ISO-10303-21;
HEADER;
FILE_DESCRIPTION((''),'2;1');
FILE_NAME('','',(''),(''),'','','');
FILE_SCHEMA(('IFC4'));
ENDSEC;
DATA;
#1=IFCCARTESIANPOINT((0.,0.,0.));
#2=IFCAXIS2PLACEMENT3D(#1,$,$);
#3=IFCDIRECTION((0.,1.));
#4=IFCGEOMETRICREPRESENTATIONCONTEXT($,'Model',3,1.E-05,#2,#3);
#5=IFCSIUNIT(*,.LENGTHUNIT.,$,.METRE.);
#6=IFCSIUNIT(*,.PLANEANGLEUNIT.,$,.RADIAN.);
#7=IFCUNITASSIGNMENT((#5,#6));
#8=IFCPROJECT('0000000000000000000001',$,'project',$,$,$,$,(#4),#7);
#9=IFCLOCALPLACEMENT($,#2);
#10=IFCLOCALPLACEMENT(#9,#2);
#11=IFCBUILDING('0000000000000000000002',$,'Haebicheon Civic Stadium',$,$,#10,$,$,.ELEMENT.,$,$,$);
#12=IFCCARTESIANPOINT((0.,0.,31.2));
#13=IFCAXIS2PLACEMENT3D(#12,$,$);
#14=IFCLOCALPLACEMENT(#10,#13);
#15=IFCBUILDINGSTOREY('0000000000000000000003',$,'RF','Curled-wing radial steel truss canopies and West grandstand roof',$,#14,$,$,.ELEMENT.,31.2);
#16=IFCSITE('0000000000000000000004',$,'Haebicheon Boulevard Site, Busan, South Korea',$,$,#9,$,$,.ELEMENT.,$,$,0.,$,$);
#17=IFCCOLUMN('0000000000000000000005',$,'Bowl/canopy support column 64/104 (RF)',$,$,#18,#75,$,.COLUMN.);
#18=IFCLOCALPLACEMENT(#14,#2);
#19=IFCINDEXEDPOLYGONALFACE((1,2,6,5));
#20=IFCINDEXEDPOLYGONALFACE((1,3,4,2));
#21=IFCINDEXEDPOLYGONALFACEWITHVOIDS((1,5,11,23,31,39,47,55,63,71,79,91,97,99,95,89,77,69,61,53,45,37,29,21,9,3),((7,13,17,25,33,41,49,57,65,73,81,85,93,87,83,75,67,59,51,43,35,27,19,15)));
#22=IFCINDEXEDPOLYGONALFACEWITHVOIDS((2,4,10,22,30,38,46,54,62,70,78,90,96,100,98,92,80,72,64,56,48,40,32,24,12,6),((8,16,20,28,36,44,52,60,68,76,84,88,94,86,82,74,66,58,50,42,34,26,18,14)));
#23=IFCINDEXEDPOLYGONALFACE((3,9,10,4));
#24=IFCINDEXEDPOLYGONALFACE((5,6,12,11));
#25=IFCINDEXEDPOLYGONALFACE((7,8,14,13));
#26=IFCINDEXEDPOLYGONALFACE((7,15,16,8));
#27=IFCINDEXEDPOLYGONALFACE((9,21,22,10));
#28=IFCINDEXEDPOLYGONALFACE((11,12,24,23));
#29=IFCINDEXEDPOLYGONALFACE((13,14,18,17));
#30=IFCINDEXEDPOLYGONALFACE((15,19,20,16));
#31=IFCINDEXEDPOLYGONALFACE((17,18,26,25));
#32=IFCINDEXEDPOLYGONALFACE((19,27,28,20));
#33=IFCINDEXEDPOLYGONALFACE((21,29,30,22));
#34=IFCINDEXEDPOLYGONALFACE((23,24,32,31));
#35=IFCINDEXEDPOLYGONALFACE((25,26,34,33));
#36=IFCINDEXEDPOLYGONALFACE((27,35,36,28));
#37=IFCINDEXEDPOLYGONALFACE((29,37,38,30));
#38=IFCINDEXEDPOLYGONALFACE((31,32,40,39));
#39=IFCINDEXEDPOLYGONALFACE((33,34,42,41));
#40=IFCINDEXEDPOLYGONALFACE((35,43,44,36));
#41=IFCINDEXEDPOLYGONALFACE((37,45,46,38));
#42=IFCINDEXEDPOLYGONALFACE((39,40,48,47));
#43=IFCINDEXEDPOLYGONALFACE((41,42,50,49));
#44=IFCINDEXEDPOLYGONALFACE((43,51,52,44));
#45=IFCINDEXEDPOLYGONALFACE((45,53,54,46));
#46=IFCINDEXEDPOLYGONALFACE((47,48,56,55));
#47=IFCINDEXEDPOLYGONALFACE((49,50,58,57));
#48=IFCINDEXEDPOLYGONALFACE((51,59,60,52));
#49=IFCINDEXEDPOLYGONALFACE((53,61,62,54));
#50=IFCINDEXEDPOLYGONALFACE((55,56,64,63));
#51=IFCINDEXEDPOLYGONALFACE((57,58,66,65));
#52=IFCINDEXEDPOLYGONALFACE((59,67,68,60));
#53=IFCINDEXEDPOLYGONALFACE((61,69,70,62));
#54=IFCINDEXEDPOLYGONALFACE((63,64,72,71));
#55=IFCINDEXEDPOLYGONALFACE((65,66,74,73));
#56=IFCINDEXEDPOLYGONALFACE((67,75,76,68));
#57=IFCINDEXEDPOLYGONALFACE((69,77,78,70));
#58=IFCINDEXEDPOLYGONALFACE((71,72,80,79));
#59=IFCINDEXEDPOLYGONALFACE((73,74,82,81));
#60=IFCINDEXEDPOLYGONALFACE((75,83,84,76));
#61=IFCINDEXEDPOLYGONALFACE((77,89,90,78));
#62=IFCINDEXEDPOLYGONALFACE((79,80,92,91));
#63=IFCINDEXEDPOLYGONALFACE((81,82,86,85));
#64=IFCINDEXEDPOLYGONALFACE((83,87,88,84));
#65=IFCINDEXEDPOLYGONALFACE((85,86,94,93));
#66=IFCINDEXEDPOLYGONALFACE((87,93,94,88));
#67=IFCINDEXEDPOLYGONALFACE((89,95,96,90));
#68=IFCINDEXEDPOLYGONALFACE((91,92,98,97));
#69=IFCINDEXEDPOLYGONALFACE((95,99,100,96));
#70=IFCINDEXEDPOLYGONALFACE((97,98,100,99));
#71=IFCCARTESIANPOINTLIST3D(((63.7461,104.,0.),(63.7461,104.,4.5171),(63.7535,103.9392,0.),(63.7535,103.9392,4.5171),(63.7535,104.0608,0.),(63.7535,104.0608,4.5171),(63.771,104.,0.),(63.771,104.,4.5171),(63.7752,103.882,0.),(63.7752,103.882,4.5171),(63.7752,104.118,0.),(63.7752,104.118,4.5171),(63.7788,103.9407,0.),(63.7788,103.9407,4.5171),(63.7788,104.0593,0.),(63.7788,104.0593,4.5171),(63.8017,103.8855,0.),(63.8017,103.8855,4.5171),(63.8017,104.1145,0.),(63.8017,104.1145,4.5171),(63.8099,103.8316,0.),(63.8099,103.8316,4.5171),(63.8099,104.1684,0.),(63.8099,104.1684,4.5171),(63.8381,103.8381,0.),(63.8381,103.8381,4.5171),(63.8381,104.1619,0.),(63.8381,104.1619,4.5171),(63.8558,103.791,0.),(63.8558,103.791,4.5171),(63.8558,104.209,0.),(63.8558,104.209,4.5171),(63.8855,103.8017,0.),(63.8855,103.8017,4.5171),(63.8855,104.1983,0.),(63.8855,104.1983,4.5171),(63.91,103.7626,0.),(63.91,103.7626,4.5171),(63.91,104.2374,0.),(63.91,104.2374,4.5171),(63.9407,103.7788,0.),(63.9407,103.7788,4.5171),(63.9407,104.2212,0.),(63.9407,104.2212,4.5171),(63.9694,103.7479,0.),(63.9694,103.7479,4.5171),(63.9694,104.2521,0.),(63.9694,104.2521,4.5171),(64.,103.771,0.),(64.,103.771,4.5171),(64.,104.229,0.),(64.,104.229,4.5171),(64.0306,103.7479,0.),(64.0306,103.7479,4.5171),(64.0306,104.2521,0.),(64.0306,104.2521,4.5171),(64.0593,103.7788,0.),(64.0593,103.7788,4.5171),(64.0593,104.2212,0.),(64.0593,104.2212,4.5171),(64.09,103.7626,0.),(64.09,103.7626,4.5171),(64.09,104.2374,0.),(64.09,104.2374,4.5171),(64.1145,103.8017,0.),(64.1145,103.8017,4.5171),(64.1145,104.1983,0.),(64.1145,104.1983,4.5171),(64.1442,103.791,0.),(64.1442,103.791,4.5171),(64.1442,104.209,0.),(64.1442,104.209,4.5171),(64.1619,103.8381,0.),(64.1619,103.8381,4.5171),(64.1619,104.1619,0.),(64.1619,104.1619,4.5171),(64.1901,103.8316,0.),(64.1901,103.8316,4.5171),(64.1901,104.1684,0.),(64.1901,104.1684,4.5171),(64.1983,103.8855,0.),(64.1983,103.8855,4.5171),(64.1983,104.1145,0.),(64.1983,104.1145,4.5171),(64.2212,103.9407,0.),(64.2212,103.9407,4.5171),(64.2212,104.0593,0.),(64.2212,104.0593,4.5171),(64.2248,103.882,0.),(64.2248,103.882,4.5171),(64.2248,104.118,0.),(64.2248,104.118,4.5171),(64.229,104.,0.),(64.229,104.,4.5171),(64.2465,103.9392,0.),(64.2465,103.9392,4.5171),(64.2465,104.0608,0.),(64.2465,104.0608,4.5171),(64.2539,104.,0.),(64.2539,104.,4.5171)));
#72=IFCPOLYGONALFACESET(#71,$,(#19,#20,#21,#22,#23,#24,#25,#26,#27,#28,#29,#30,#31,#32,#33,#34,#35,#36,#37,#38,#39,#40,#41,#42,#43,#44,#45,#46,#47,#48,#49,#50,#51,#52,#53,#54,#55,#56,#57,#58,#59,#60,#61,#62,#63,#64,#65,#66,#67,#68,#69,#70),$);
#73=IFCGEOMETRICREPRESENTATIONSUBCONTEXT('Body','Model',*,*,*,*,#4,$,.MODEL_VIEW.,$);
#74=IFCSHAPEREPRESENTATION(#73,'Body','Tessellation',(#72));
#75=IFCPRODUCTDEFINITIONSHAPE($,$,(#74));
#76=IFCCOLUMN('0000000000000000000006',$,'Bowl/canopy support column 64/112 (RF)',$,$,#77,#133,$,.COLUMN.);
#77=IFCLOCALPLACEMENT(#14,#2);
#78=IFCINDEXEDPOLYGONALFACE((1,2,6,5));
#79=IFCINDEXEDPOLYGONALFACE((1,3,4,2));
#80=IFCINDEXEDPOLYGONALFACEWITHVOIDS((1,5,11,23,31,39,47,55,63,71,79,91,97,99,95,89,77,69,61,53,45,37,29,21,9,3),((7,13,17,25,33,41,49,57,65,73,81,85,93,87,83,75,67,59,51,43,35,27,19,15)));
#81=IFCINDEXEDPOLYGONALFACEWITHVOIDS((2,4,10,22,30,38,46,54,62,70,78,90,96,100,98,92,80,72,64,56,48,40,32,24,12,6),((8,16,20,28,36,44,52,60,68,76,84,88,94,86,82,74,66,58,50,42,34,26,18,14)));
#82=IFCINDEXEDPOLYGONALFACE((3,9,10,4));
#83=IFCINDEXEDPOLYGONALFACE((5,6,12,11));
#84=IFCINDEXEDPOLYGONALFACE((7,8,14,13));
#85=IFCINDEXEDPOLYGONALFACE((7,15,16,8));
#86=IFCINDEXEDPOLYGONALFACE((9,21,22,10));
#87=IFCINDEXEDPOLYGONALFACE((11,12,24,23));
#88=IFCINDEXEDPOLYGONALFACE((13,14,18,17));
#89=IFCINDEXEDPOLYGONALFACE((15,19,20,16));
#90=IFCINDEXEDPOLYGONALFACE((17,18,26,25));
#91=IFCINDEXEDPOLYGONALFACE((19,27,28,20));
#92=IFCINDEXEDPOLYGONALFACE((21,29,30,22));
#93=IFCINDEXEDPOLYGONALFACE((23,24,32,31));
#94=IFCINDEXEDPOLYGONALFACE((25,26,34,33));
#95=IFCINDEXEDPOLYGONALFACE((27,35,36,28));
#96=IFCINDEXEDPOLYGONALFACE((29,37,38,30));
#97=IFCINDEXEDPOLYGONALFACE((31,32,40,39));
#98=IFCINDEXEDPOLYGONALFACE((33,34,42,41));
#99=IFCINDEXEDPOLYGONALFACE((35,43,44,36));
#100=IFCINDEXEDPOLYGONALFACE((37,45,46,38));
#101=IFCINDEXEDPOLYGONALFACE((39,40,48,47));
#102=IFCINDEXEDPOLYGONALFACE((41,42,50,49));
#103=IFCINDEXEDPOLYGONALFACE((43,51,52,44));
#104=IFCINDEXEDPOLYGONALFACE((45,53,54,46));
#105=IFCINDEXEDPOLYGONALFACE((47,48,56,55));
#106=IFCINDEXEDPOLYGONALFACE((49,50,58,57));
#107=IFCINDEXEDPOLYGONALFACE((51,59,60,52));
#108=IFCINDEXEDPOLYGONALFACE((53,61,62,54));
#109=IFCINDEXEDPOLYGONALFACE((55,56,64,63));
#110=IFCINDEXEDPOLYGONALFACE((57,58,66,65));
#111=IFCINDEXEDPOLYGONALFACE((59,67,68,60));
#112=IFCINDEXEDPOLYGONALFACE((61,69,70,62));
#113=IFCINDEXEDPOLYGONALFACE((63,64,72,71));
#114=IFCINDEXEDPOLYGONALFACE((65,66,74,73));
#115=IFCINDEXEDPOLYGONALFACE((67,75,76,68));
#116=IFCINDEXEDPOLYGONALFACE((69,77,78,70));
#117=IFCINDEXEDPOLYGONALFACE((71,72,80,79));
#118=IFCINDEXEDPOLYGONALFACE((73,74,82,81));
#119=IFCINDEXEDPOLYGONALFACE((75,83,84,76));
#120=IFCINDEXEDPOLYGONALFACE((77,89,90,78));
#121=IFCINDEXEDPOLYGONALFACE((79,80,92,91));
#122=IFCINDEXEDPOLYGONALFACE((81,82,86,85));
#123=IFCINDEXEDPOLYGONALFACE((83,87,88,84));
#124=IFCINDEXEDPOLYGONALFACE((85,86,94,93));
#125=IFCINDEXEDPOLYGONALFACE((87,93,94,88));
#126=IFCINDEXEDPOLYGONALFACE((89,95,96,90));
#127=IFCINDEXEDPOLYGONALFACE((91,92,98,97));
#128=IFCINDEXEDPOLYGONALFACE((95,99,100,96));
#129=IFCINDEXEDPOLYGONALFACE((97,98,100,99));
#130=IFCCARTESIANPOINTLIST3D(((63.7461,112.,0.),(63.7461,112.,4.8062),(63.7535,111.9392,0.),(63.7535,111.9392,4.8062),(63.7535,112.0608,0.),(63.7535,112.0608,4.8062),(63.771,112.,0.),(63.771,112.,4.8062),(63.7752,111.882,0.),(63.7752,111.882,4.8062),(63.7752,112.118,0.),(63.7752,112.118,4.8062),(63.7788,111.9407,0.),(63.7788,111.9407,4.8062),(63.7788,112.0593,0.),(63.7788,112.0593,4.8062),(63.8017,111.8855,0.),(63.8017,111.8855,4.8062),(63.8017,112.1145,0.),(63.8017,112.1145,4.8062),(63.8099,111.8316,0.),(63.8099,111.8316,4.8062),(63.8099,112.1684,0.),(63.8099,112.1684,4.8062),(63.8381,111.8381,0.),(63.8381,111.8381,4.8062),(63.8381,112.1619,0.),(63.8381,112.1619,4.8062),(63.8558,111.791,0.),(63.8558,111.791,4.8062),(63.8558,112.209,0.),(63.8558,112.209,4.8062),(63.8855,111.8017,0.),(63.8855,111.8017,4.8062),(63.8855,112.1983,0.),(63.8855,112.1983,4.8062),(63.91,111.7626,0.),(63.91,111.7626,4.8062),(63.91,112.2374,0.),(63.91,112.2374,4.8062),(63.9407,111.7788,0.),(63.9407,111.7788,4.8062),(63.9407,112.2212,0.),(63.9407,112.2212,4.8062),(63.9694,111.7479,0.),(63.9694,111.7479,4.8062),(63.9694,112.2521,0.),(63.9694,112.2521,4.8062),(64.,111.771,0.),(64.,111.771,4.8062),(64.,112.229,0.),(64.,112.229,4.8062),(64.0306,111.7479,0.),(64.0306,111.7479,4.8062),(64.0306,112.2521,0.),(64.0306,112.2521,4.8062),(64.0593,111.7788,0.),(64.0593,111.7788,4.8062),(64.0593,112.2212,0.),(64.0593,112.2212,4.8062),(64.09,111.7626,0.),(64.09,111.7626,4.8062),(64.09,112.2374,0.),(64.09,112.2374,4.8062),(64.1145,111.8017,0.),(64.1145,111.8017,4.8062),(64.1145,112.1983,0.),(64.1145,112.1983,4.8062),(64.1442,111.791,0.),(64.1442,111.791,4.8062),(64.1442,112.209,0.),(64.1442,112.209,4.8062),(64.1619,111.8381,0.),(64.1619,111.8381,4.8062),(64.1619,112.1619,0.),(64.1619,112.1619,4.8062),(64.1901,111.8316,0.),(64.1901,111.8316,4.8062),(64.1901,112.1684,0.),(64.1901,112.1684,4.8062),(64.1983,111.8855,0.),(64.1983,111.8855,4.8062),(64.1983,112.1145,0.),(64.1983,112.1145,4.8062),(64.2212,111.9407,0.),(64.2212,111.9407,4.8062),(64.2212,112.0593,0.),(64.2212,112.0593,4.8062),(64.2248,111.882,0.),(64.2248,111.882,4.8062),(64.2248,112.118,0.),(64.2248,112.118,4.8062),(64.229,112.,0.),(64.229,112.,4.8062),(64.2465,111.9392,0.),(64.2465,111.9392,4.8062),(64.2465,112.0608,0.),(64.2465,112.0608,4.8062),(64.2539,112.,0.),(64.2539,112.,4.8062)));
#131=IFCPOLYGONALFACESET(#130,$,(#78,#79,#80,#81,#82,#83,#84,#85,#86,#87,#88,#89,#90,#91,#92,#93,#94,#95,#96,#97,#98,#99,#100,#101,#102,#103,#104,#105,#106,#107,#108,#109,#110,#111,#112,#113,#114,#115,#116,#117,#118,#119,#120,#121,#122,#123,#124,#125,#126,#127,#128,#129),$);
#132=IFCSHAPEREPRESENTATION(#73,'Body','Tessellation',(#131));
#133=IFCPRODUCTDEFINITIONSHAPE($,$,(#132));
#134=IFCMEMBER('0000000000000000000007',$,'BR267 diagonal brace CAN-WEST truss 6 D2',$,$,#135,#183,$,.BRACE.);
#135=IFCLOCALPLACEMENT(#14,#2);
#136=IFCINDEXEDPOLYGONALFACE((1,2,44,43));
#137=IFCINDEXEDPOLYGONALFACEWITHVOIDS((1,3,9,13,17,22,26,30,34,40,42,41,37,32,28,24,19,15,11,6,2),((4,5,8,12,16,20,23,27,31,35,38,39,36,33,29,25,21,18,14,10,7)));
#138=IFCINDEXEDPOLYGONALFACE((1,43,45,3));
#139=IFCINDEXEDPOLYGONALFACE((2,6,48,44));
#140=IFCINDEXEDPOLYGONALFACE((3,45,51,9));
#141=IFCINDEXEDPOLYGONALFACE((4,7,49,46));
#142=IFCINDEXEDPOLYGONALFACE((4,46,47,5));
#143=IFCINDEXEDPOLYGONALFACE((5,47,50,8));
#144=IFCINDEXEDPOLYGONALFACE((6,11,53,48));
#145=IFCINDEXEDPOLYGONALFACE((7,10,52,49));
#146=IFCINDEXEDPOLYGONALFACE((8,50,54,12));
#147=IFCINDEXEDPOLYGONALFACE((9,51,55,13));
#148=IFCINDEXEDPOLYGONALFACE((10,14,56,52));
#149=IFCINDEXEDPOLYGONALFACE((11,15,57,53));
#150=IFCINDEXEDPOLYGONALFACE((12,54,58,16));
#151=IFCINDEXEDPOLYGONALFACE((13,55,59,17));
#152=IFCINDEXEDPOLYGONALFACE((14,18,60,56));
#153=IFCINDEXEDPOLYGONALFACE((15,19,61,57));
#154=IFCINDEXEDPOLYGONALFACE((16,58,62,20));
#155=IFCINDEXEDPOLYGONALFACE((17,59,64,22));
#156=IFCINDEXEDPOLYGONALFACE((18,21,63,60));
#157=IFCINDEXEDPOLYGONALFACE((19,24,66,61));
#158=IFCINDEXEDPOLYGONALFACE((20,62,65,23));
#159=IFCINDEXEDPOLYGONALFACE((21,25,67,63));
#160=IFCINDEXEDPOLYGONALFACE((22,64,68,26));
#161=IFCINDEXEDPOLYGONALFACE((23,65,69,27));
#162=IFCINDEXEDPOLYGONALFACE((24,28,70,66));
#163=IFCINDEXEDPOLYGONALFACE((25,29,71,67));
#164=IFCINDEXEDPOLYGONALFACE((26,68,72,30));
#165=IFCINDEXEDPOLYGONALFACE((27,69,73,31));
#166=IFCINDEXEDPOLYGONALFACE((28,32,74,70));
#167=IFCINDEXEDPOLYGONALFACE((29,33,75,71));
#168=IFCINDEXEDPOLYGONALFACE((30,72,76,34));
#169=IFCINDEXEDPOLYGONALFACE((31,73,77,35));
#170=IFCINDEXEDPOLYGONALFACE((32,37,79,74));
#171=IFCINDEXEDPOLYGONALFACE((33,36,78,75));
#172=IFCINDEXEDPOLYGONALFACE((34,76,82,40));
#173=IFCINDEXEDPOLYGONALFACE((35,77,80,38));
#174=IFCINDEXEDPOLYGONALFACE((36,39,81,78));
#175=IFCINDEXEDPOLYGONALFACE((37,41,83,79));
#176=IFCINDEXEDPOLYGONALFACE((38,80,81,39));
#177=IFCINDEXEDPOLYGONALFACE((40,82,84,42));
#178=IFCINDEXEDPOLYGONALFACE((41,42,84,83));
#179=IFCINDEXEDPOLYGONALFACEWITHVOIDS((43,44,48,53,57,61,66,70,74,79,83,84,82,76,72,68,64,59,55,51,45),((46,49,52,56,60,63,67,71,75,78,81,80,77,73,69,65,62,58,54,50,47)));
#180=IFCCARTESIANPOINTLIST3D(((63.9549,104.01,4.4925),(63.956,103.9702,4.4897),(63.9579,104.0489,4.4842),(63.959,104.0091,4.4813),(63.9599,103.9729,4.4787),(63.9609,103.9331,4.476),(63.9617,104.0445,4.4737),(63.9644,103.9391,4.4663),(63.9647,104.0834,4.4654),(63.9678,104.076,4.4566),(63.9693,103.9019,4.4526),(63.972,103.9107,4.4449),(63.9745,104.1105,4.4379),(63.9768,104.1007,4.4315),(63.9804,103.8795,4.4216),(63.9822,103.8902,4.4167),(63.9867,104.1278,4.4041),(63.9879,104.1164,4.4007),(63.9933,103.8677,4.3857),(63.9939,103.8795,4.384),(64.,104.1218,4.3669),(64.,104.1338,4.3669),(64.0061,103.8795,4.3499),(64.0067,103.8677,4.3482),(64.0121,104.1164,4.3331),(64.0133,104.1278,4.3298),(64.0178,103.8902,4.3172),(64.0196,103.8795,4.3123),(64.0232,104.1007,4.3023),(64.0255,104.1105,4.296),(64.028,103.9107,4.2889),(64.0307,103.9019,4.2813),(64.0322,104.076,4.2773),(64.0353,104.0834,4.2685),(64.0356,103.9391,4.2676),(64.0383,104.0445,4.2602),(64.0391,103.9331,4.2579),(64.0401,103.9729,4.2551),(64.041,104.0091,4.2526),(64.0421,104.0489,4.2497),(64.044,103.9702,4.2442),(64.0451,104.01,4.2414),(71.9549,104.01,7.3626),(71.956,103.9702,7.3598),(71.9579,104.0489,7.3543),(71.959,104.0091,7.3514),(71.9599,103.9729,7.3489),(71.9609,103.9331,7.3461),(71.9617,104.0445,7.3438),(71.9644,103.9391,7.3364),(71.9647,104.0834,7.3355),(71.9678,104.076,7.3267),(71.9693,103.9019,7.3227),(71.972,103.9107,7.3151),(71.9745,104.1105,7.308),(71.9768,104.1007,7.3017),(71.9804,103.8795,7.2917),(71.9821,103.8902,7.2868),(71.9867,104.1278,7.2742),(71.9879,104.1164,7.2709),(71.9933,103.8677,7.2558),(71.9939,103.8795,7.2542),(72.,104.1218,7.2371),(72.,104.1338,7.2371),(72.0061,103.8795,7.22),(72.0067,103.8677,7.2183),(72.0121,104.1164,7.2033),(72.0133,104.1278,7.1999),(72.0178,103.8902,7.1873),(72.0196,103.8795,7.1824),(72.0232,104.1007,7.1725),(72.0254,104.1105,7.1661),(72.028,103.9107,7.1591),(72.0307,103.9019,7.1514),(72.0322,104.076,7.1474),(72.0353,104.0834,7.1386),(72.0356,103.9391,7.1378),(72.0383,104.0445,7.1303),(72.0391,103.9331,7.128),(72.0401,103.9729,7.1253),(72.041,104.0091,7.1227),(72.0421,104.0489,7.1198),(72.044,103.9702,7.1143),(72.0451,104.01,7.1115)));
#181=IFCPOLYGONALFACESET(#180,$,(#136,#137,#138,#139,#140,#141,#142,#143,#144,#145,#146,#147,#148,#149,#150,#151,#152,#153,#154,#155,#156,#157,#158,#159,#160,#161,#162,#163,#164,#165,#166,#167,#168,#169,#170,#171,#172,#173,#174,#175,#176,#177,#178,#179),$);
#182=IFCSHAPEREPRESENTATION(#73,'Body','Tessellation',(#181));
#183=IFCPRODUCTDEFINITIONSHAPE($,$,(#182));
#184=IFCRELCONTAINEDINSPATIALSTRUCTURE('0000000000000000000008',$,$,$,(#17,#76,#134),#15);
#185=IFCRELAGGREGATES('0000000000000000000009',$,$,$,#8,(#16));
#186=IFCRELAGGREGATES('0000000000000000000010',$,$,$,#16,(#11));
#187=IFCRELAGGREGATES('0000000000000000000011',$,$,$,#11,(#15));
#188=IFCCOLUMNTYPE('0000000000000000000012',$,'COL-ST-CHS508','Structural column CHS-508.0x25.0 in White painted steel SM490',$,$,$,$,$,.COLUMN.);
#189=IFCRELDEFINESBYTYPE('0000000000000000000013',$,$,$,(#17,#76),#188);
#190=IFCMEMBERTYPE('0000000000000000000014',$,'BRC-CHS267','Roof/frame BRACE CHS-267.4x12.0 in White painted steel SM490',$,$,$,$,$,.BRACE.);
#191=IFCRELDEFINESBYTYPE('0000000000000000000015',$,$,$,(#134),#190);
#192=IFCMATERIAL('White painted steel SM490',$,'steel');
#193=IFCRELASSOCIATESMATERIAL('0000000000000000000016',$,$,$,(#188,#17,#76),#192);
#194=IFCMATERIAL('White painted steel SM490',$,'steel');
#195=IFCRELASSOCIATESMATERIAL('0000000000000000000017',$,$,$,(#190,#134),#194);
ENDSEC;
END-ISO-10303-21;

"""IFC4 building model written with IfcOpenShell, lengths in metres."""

from ifc_helpers import new_model, si_unit, direction, frame, origin, origin_2d, place, context, subcontext, project, spatial, hollow_circle, extrude, material, material_profile, profile_set, type_object, element, save


model = new_model("IFC4")

# Units and contexts
model_context = context("Model", 3, precision=1e-05, world=origin(), true_north=direction((0.0, 1.0)))
body_context = subcontext(model_context, "Body", "Model", "MODEL_VIEW")
ifc_project = project(units=[si_unit("LENGTHUNIT", "METRE"), si_unit("PLANEANGLEUNIT", "RADIAN")], contexts=[model_context])

# Site, building, storey
site_placement = place(None, origin())
site = spatial("IfcSite", under=ifc_project, at=site_placement, Name="Haebicheon Boulevard Site, Busan, South Korea", CompositionType="ELEMENT", RefElevation=0.0)
building_placement = place(site_placement, origin())
building = spatial("IfcBuilding", under=site, at=building_placement, Name="Haebicheon Civic Stadium", CompositionType="ELEMENT")
storey_placement = place(building_placement, frame((0.0, 0.0, 31.2)))
storey = spatial("IfcBuildingStorey", under=building, at=storey_placement, Name="RF", Description="Curled-wing radial steel truss canopies and West grandstand roof", CompositionType="ELEMENT", Elevation=31.2)

# Columns
ifc_material_1 = material(Name="White painted steel SM490", Category="steel")
ifc_material_profile_1 = material_profile(ifc_material_1, hollow_circle(Radius=0.2539, WallThickness=0.0249, at=origin_2d()), Name="CHS-508.0x25.0")
ifc_profile_set_1 = profile_set([ifc_material_profile_1], Name="White painted steel SM490")
column_type = type_object("IfcColumnType", Name="COL-ST-CHS508", Description="Structural column CHS-508.0x25.0 in White painted steel SM490", PredefinedType="COLUMN", material=ifc_profile_set_1)
column_1_placement = place(storey_placement, frame((64.0, 104.0, 0.0), z_axis=(0.0, 0.0, 1.0), x_axis=(1.0, 0.0, 0.0)))
element("IfcColumn", 1, at=column_1_placement, inside=storey, type_object=column_type, material=ifc_profile_set_1, Name="Bowl/canopy support column 64/104 (RF)", PredefinedType="COLUMN", context=body_context, shape_type="SweptSolid", body=[
    extrude(hollow_circle(Radius=0.2539, WallThickness=0.0249, at=origin_2d()), origin(), (0.0, 0.0, 1.0), 4.5171),
])
column_2_placement = place(storey_placement, frame((64.0, 112.0, 0.0), z_axis=(0.0, 0.0, 1.0), x_axis=(1.0, 0.0, 0.0)))
element("IfcColumn", 2, at=column_2_placement, inside=storey, type_object=column_type, material=ifc_profile_set_1, Name="Bowl/canopy support column 64/112 (RF)", PredefinedType="COLUMN", context=body_context, shape_type="SweptSolid", body=[
    extrude(hollow_circle(Radius=0.2539, WallThickness=0.0249, at=origin_2d()), origin(), (0.0, 0.0, 1.0), 4.8062),
])

# Member
ifc_material_2 = material(Name="White painted steel SM490", Category="steel")
ifc_material_profile_2 = material_profile(ifc_material_2, hollow_circle(Radius=0.1338, WallThickness=0.012, at=origin_2d()), Name="CHS-267.4x12.0")
ifc_profile_set_2 = profile_set([ifc_material_profile_2], Name="White painted steel SM490")
member_type_1 = type_object("IfcMemberType", Name="BRC-CHS267", Description="Roof/frame BRACE CHS-267.4x12.0 in White painted steel SM490", PredefinedType="BRACE", material=ifc_profile_set_2)
for number, where, z_axis, x_axis, name in (
    (3, (64.0, 104.0, 4.3669), (0.941257, 0.0, 0.33769), (0.0, 1.0, 0.0), "BR267 diagonal brace CAN-WEST truss 6 D2"),
):
    element("IfcMember", number, at=place(storey_placement, frame(where, z_axis=z_axis, x_axis=x_axis)), inside=storey, type_object=member_type_1, material=ifc_profile_set_2, Name=name, PredefinedType="BRACE", context=body_context, shape_type="SweptSolid", body=[
        extrude(hollow_circle(Radius=0.1338, WallThickness=0.012, at=origin_2d()), origin(), (0.0, 0.0, 1.0), 8.4993),
    ])

save(model, "model.ifc")
